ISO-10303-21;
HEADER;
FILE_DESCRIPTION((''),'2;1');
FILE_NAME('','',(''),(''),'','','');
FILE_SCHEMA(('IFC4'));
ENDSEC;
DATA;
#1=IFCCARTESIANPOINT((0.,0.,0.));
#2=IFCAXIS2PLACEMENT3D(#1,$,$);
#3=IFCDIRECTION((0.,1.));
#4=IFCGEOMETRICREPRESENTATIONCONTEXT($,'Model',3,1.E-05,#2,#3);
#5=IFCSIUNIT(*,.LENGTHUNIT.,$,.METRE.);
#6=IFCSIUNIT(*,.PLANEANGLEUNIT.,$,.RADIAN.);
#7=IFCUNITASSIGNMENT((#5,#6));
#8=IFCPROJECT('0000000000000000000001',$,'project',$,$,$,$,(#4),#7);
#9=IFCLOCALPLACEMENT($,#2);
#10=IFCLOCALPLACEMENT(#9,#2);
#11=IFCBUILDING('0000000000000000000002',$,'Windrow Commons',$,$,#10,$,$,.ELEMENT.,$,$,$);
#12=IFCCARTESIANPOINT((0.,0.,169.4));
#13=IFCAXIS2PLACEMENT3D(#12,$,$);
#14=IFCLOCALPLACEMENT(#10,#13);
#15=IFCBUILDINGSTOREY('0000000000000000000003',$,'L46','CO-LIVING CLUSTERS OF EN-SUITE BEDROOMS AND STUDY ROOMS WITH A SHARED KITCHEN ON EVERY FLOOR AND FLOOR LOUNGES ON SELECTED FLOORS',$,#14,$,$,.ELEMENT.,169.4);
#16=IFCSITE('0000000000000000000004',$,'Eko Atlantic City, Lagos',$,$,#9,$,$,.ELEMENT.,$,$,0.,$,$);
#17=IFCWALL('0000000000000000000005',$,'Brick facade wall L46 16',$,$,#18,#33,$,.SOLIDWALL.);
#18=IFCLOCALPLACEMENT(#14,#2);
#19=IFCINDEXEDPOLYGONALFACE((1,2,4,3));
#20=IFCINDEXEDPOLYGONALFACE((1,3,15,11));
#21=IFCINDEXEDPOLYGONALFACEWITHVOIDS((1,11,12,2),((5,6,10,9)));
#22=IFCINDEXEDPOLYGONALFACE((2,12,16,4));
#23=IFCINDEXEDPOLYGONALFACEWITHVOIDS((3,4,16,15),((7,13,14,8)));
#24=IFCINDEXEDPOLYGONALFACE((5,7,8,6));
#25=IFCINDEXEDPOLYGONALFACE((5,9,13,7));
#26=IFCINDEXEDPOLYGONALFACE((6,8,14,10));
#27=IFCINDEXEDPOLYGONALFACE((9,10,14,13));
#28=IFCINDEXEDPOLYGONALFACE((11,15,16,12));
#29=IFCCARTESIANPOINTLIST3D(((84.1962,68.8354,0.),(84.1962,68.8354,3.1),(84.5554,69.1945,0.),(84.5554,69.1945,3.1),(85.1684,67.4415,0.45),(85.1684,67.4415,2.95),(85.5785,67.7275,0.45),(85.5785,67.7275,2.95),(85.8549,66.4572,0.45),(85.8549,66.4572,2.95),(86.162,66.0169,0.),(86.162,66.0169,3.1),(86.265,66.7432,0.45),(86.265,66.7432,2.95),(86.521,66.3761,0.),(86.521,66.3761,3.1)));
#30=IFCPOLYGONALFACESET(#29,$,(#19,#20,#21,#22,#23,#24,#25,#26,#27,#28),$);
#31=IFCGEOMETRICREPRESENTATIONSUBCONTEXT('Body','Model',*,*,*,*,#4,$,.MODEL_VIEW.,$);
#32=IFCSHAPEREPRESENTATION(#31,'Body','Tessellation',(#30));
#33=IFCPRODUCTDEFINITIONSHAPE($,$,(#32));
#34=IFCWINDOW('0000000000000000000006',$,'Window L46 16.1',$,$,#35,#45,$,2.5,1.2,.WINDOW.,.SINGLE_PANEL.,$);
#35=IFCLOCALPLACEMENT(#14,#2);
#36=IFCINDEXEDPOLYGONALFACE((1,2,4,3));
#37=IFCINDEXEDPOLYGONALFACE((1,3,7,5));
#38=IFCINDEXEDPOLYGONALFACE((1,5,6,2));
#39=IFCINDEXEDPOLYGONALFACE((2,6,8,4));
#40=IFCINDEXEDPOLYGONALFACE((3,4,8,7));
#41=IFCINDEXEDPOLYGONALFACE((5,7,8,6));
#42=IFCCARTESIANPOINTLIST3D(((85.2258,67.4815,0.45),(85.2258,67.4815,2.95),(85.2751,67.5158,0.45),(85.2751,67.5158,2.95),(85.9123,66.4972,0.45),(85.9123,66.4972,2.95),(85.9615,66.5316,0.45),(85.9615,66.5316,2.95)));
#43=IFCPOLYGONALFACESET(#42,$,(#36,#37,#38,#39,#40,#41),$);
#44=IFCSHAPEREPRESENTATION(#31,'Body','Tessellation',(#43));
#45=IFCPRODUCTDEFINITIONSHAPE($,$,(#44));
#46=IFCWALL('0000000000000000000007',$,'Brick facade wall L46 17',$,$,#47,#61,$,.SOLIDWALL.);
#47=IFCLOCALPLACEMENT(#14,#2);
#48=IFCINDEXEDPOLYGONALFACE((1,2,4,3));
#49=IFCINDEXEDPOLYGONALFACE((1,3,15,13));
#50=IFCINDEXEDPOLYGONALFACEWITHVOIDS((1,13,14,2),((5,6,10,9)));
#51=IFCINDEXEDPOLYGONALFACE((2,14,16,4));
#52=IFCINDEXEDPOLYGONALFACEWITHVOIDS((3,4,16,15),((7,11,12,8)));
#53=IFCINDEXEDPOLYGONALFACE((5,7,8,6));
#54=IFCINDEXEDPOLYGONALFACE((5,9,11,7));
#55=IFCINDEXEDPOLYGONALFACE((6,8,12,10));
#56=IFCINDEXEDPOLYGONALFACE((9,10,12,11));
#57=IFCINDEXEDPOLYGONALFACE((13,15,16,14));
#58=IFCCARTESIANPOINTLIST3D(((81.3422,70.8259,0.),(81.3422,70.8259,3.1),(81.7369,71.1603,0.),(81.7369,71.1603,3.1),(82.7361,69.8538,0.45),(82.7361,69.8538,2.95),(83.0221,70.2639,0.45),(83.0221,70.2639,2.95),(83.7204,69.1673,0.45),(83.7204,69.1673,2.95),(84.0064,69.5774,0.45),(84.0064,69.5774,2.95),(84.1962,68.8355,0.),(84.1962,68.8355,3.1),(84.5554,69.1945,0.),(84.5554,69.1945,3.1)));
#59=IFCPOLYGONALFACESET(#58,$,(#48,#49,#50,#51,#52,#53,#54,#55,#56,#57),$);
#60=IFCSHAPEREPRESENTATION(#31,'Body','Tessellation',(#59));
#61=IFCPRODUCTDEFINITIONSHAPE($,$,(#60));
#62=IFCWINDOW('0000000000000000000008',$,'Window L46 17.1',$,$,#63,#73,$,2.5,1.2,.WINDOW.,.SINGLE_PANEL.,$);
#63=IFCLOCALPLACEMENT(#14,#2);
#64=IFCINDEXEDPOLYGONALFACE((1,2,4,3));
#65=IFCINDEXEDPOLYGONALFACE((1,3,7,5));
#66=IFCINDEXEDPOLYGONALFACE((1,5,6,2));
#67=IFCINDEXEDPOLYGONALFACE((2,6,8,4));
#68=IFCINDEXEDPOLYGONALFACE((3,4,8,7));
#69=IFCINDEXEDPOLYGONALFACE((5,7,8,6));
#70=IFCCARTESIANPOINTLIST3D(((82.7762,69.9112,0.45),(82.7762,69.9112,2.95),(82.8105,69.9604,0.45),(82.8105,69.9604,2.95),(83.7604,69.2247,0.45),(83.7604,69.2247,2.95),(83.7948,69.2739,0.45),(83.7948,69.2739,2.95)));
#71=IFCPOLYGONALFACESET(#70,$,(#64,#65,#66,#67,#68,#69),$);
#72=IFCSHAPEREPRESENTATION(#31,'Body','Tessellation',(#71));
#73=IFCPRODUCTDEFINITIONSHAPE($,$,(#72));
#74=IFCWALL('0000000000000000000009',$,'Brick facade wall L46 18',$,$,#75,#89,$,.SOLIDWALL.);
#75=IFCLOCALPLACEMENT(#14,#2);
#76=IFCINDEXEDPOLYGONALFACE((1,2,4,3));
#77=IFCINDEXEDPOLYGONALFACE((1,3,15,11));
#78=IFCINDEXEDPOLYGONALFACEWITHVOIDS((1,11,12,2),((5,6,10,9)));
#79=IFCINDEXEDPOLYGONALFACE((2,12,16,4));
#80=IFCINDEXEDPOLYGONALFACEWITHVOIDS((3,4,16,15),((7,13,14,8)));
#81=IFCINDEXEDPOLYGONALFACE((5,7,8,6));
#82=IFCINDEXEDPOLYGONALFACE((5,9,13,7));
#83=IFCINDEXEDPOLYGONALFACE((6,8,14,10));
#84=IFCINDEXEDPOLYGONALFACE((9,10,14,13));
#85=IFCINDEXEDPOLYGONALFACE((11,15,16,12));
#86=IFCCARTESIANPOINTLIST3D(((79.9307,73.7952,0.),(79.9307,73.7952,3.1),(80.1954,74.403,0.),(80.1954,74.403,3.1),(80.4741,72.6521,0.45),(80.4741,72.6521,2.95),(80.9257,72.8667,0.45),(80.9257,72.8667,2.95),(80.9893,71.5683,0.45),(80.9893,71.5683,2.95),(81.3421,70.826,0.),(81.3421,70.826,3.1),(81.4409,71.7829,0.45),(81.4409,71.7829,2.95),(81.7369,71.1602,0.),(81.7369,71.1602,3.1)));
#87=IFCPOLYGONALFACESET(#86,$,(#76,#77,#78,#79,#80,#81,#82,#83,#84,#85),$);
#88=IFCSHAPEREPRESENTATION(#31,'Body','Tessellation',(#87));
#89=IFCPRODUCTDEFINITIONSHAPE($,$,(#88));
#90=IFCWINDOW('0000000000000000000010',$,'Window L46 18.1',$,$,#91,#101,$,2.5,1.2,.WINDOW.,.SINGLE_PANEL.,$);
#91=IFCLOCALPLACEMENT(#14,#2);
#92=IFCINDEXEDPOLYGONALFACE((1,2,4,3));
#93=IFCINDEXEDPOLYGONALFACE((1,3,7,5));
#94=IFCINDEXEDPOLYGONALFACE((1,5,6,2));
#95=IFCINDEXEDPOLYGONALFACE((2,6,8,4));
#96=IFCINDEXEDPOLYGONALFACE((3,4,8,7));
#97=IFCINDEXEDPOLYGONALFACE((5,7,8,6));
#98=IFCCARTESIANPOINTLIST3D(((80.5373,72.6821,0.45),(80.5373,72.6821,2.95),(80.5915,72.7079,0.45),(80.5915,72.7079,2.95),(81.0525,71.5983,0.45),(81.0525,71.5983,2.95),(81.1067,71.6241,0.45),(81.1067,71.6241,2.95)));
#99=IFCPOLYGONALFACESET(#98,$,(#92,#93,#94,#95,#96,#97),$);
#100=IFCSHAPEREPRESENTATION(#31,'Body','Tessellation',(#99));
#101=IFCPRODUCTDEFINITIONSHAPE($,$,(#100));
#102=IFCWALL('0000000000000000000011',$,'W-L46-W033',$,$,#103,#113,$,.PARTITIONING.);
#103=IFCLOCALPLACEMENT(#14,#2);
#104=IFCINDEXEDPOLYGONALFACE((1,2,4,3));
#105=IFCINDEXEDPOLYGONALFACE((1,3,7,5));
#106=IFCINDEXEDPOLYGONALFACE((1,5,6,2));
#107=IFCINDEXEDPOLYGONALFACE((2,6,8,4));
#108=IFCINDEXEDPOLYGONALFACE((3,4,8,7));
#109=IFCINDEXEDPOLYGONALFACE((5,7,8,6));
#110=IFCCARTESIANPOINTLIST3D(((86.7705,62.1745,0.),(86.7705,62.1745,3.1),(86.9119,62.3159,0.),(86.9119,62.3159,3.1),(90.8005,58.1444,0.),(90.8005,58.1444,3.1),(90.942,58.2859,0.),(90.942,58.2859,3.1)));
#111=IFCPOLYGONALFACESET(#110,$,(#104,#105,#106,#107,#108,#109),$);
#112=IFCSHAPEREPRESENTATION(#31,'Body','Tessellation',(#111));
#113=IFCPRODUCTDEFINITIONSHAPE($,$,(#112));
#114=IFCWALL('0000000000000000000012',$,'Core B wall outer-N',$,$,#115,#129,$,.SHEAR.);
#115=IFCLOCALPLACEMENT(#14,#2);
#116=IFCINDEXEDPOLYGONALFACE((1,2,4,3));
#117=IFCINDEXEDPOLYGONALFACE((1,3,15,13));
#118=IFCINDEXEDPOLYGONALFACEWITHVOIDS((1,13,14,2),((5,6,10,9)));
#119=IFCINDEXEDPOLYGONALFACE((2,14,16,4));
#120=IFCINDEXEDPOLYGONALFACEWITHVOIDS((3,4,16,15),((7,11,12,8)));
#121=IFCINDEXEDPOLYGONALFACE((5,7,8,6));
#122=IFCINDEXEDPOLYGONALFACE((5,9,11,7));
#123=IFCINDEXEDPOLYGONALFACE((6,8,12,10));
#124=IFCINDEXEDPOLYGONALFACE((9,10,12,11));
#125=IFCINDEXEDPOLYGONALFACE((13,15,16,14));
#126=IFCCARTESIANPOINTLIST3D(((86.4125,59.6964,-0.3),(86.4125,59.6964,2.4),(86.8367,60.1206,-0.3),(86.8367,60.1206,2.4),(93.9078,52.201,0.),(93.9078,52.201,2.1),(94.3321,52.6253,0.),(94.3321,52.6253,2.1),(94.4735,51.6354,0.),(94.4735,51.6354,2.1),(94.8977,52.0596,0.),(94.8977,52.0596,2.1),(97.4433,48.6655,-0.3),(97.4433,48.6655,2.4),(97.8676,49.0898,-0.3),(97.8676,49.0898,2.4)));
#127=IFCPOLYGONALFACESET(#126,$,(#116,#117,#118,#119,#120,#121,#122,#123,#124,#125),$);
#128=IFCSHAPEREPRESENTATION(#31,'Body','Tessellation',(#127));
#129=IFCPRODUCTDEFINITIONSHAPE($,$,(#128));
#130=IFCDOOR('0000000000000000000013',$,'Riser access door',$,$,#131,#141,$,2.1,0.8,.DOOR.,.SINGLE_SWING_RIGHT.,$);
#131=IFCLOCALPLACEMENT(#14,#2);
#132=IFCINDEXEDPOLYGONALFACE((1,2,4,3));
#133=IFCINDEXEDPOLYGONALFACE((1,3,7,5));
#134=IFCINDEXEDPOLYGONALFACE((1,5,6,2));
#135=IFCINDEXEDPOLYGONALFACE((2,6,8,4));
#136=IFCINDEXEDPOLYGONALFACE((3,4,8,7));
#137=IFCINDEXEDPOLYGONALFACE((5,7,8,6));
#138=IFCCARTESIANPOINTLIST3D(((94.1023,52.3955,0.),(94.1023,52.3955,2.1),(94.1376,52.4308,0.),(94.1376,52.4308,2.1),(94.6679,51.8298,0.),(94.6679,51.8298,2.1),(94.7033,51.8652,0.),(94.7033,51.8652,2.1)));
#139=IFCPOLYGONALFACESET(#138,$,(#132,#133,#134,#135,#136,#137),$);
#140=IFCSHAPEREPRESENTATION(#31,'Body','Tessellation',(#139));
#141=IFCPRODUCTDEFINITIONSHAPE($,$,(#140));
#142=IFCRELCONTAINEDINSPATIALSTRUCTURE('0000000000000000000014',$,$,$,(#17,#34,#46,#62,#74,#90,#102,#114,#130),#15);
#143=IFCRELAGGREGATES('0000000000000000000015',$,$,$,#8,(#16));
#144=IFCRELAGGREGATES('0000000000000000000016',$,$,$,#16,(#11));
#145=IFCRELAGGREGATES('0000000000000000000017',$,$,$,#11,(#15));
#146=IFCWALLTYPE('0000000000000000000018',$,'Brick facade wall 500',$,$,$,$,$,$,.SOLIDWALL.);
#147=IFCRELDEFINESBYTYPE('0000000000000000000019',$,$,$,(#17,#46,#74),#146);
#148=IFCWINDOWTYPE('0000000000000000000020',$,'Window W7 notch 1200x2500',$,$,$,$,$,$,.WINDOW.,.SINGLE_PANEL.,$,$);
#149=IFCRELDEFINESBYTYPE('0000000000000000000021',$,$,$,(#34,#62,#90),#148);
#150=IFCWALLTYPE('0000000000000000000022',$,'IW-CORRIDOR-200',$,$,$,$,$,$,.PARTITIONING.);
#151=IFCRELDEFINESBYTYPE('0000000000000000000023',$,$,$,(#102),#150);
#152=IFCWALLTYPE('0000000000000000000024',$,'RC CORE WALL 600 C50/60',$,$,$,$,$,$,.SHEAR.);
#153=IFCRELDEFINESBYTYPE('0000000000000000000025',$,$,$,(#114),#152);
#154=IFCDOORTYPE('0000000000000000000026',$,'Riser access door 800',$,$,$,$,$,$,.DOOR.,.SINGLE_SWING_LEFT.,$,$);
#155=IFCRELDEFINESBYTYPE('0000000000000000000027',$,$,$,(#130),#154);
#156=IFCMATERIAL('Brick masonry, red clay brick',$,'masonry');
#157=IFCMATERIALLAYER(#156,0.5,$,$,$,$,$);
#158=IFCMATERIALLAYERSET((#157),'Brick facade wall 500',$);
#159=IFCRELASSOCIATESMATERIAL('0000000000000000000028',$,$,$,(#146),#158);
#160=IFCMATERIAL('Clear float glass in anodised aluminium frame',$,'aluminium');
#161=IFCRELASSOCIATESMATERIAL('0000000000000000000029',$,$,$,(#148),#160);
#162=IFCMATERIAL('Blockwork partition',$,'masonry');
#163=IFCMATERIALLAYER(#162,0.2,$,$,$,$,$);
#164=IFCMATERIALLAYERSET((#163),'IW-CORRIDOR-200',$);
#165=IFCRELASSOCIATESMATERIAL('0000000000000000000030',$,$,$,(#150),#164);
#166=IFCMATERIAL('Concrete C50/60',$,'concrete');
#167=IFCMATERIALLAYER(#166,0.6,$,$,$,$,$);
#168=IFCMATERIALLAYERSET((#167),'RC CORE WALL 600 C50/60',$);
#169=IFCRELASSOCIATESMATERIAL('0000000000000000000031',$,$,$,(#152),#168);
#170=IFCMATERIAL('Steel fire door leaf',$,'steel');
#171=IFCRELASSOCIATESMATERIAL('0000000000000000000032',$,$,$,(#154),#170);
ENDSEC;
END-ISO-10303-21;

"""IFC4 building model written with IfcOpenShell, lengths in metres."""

from ifc_helpers import new_model, si_unit, direction, frame, frame_2d, origin, place, context, subcontext, project, spatial, polyline, rectangle, outline, extrude, material, layer, layer_set, type_object, element, fill, save


model = new_model("IFC4")

# Units and contexts
model_context = context("Model", 3, precision=1e-05, world=origin(), true_north=direction((0.0, 1.0)))
body_context = subcontext(model_context, "Body", "Model", "MODEL_VIEW")
ifc_project = project(units=[si_unit("LENGTHUNIT", "METRE"), si_unit("PLANEANGLEUNIT", "RADIAN")], contexts=[model_context])

# Site, building, storey
site_placement = place(None, origin())
site = spatial("IfcSite", under=ifc_project, at=site_placement, Name="Eko Atlantic City, Lagos", CompositionType="ELEMENT", RefElevation=0.0)
building_placement = place(site_placement, origin())
building = spatial("IfcBuilding", under=site, at=building_placement, Name="Windrow Commons", CompositionType="ELEMENT")
storey_placement = place(building_placement, frame((0.0, 0.0, 169.4)))
storey = spatial("IfcBuildingStorey", under=building, at=storey_placement, Name="L46", Description="CO-LIVING CLUSTERS OF EN-SUITE BEDROOMS AND STUDY ROOMS WITH A SHARED KITCHEN ON EVERY FLOOR AND FLOOR LOUNGES ON SELECTED FLOORS", CompositionType="ELEMENT", Elevation=169.4)

# Shared definitions
ifc_material_1 = material(Name="Brick masonry, red clay brick", Category="masonry")
ifc_layer_1 = layer(ifc_material_1, 0.5)
ifc_layer_set_1 = layer_set([ifc_layer_1], Name="Brick facade wall 500")
wall_type_1 = type_object("IfcWallType", Name="Brick facade wall 500", PredefinedType="SOLIDWALL", material=ifc_layer_set_1)
ifc_material_2 = material(Name="Clear float glass in anodised aluminium frame", Category="aluminium")
window_type = type_object("IfcWindowType", Name="Window W7 notch 1200x2500", PartitioningType="SINGLE_PANEL", PredefinedType="WINDOW", material=ifc_material_2)

# Walls, openings, windows
wall_1_placement = place(storey_placement, frame((86.3415, 66.1965, 0.0), z_axis=(0.0, 0.0, 1.0), x_axis=(-0.572045, 0.820222, 0.0)))
wall_1 = element("IfcWall", 1, at=wall_1_placement, inside=storey, type_object=wall_type_1, Name="Brick facade wall L46 16", PredefinedType="SOLIDWALL", context=body_context, shape_type="SweptSolid", body=[
    extrude(outline(polyline([(0.0446, -0.25), (3.4808, -0.25), (3.3917, 0.25), (-0.0446, 0.25), (0.0446, -0.25)])), origin(), (0.0, 0.0, 1.0), 3.1),
])
opening_1_placement = place(wall_1_placement, frame((0.4922, 0.0, 0.45)))
opening_1 = element("IfcOpeningElement", 2, at=opening_1_placement, cuts=wall_1, PredefinedType="OPENING", context=body_context, shape_type="SweptSolid", body=[
    extrude(rectangle(XDim=1.2, YDim=2.5, at=frame_2d((0.6, 1.25))), frame((0.0, 0.26, 0.0), z_axis=(0.0, -1.0, 0.0), x_axis=(1.0, 0.0, 0.0)), (0.0, 0.0, 1.0), 0.52),
])
window_1_placement = place(opening_1_placement, origin())
window_1 = element("IfcWindow", 3, at=window_1_placement, inside=storey, type_object=window_type, Name="Window L46 16.1", OverallHeight=2.5, OverallWidth=1.2, PartitioningType="SINGLE_PANEL", PredefinedType="WINDOW", context=body_context, shape_type="SweptSolid", body=[
    extrude(rectangle(XDim=1.2, YDim=2.5, at=frame_2d((0.6, 1.25))), frame((0.0, 0.18, 0.0), z_axis=(0.0, -1.0, 0.0), x_axis=(1.0, 0.0, 0.0)), (0.0, 0.0, 1.0), 0.06),
])
fill(opening_1, window_1)
wall_2_placement = place(storey_placement, frame((84.3758, 69.015, 0.0), z_axis=(0.0, 0.0, 1.0), x_axis=(-0.820224, 0.572043, 0.0)))
wall_2 = element("IfcWall", 4, at=wall_2_placement, inside=storey, type_object=wall_type_1, Name="Brick facade wall L46 17", PredefinedType="SOLIDWALL", context=body_context, shape_type="SweptSolid", body=[
    extrude(outline(polyline([(-0.0446, -0.25), (3.3917, -0.25), (3.5242, 0.25), (0.0446, 0.25), (-0.0446, -0.25)])), origin(), (0.0, 0.0, 1.0), 3.1),
])
opening_2_placement = place(wall_2_placement, frame((0.6247, 0.0, 0.45)))
opening_2 = element("IfcOpeningElement", 5, at=opening_2_placement, cuts=wall_2, PredefinedType="OPENING", context=body_context, shape_type="SweptSolid", body=[
    extrude(rectangle(XDim=1.2, YDim=2.5, at=frame_2d((0.6, 1.25))), frame((0.0, 0.26, 0.0), z_axis=(0.0, -1.0, 0.0), x_axis=(1.0, 0.0, 0.0)), (0.0, 0.0, 1.0), 0.52),
])
window_2_placement = place(opening_2_placement, origin())
window_2 = element("IfcWindow", 6, at=window_2_placement, inside=storey, type_object=window_type, Name="Window L46 17.1", OverallHeight=2.5, OverallWidth=1.2, PartitioningType="SINGLE_PANEL", PredefinedType="WINDOW", context=body_context, shape_type="SweptSolid", body=[
    extrude(rectangle(XDim=1.2, YDim=2.5, at=frame_2d((0.6, 1.25))), frame((0.0, 0.18, 0.0), z_axis=(0.0, -1.0, 0.0), x_axis=(1.0, 0.0, 0.0)), (0.0, 0.0, 1.0), 0.06),
])
fill(opening_2, window_2)
wall_3_placement = place(storey_placement, frame((81.5395, 70.9931, 0.0), z_axis=(0.0, 0.0, 1.0), x_axis=(-0.429306, 0.903159, 0.0)))
wall_3 = element("IfcWall", 7, at=wall_3_placement, inside=storey, type_object=wall_type_1, Name="Brick facade wall L46 18", PredefinedType="SOLIDWALL", context=body_context, shape_type="SweptSolid", body=[
    extrude(outline(polyline([(0.0662, -0.25), (3.6567, -0.25), (3.2214, 0.25), (-0.0662, 0.25), (0.0662, -0.25)])), origin(), (0.0, 0.0, 1.0), 3.1),
])
opening_3_placement = place(wall_3_placement, frame((0.7557, 0.0, 0.45)))
opening_3 = element("IfcOpeningElement", 8, at=opening_3_placement, cuts=wall_3, PredefinedType="OPENING", context=body_context, shape_type="SweptSolid", body=[
    extrude(rectangle(XDim=1.2, YDim=2.5, at=frame_2d((0.6, 1.25))), frame((0.0, 0.26, 0.0), z_axis=(0.0, -1.0, 0.0), x_axis=(1.0, 0.0, 0.0)), (0.0, 0.0, 1.0), 0.52),
])
window_3_placement = place(opening_3_placement, origin())
window_3 = element("IfcWindow", 9, at=window_3_placement, inside=storey, type_object=window_type, Name="Window L46 18.1", OverallHeight=2.5, OverallWidth=1.2, PartitioningType="SINGLE_PANEL", PredefinedType="WINDOW", context=body_context, shape_type="SweptSolid", body=[
    extrude(rectangle(XDim=1.2, YDim=2.5, at=frame_2d((0.6, 1.25))), frame((0.0, 0.18, 0.0), z_axis=(0.0, -1.0, 0.0), x_axis=(1.0, 0.0, 0.0)), (0.0, 0.0, 1.0), 0.06),
])
fill(opening_3, window_3)

# Wall
ifc_material_3 = material(Name="Blockwork partition", Category="masonry")
ifc_layer_2 = layer(ifc_material_3, 0.2)
ifc_layer_set_2 = layer_set([ifc_layer_2], Name="IW-CORRIDOR-200")
wall_type_2 = type_object("IfcWallType", Name="IW-CORRIDOR-200", PredefinedType="PARTITIONING", material=ifc_layer_set_2)
wall_4_placement = place(storey_placement, frame((86.8412, 62.2452, 0.0), z_axis=(0.0, 0.0, 1.0), x_axis=(0.707107, -0.707107, 0.0)))
element("IfcWall", 10, at=wall_4_placement, inside=storey, type_object=wall_type_2, Name="W-L46-W033", PredefinedType="PARTITIONING", context=body_context, shape_type="SweptSolid", body=[
    extrude(rectangle(XDim=5.6993, YDim=0.2, at=frame_2d((2.8497, 0.0))), origin(), (0.0, 0.0, 1.0), 3.1),
])

# Wall, opening, door
ifc_material_4 = material(Name="Concrete C50/60", Category="concrete")
ifc_layer_3 = layer(ifc_material_4, 0.6)
ifc_layer_set_3 = layer_set([ifc_layer_3], Name="RC CORE WALL 600 C50/60")
wall_type_3 = type_object("IfcWallType", Name="RC CORE WALL 600 C50/60", PredefinedType="SHEAR", material=ifc_layer_set_3)
wall_5_placement = place(storey_placement, frame((86.6246, 59.9085, -0.3), z_axis=(0.0, 0.0, 1.0), x_axis=(0.707107, -0.707107, 0.0)))
wall_5 = element("IfcWall", 11, at=wall_5_placement, inside=storey, type_object=wall_type_3, Name="Core B wall outer-N", PredefinedType="SHEAR", context=body_context, shape_type="SweptSolid", body=[
    extrude(rectangle(XDim=15.6, YDim=0.6, at=frame_2d((7.8, 0.0))), origin(), (0.0, 0.0, 1.0), 2.7),
])
opening_4_placement = place(wall_5_placement, frame((10.6, 0.0, 0.3)))
opening_4 = element("IfcOpeningElement", 12, at=opening_4_placement, cuts=wall_5, PredefinedType="OPENING", context=body_context, shape_type="SweptSolid", body=[
    extrude(rectangle(XDim=0.8, YDim=2.1, at=frame_2d((0.4, 1.05))), frame((0.0, 0.31, 0.0), z_axis=(0.0, -1.0, 0.0), x_axis=(1.0, 0.0, 0.0)), (0.0, 0.0, 1.0), 0.62),
])
ifc_material_5 = material(Name="Steel fire door leaf", Category="steel")
door_type = type_object("IfcDoorType", Name="Riser access door 800", OperationType="SINGLE_SWING_LEFT", PredefinedType="DOOR", material=ifc_material_5)
door_placement = place(opening_4_placement, origin())
door = element("IfcDoor", 13, at=door_placement, inside=storey, type_object=door_type, Name="Riser access door", OperationType="SINGLE_SWING_RIGHT", OverallHeight=2.1, OverallWidth=0.8, PredefinedType="DOOR", context=body_context, shape_type="SweptSolid", body=[
    extrude(rectangle(XDim=0.8, YDim=2.1, at=frame_2d((0.4, 1.05))), frame((0.0, 0.025, 0.0), z_axis=(0.0, -1.0, 0.0), x_axis=(1.0, 0.0, 0.0)), (0.0, 0.0, 1.0), 0.05),
])
fill(opening_4, door)

save(model, "model.ifc")
